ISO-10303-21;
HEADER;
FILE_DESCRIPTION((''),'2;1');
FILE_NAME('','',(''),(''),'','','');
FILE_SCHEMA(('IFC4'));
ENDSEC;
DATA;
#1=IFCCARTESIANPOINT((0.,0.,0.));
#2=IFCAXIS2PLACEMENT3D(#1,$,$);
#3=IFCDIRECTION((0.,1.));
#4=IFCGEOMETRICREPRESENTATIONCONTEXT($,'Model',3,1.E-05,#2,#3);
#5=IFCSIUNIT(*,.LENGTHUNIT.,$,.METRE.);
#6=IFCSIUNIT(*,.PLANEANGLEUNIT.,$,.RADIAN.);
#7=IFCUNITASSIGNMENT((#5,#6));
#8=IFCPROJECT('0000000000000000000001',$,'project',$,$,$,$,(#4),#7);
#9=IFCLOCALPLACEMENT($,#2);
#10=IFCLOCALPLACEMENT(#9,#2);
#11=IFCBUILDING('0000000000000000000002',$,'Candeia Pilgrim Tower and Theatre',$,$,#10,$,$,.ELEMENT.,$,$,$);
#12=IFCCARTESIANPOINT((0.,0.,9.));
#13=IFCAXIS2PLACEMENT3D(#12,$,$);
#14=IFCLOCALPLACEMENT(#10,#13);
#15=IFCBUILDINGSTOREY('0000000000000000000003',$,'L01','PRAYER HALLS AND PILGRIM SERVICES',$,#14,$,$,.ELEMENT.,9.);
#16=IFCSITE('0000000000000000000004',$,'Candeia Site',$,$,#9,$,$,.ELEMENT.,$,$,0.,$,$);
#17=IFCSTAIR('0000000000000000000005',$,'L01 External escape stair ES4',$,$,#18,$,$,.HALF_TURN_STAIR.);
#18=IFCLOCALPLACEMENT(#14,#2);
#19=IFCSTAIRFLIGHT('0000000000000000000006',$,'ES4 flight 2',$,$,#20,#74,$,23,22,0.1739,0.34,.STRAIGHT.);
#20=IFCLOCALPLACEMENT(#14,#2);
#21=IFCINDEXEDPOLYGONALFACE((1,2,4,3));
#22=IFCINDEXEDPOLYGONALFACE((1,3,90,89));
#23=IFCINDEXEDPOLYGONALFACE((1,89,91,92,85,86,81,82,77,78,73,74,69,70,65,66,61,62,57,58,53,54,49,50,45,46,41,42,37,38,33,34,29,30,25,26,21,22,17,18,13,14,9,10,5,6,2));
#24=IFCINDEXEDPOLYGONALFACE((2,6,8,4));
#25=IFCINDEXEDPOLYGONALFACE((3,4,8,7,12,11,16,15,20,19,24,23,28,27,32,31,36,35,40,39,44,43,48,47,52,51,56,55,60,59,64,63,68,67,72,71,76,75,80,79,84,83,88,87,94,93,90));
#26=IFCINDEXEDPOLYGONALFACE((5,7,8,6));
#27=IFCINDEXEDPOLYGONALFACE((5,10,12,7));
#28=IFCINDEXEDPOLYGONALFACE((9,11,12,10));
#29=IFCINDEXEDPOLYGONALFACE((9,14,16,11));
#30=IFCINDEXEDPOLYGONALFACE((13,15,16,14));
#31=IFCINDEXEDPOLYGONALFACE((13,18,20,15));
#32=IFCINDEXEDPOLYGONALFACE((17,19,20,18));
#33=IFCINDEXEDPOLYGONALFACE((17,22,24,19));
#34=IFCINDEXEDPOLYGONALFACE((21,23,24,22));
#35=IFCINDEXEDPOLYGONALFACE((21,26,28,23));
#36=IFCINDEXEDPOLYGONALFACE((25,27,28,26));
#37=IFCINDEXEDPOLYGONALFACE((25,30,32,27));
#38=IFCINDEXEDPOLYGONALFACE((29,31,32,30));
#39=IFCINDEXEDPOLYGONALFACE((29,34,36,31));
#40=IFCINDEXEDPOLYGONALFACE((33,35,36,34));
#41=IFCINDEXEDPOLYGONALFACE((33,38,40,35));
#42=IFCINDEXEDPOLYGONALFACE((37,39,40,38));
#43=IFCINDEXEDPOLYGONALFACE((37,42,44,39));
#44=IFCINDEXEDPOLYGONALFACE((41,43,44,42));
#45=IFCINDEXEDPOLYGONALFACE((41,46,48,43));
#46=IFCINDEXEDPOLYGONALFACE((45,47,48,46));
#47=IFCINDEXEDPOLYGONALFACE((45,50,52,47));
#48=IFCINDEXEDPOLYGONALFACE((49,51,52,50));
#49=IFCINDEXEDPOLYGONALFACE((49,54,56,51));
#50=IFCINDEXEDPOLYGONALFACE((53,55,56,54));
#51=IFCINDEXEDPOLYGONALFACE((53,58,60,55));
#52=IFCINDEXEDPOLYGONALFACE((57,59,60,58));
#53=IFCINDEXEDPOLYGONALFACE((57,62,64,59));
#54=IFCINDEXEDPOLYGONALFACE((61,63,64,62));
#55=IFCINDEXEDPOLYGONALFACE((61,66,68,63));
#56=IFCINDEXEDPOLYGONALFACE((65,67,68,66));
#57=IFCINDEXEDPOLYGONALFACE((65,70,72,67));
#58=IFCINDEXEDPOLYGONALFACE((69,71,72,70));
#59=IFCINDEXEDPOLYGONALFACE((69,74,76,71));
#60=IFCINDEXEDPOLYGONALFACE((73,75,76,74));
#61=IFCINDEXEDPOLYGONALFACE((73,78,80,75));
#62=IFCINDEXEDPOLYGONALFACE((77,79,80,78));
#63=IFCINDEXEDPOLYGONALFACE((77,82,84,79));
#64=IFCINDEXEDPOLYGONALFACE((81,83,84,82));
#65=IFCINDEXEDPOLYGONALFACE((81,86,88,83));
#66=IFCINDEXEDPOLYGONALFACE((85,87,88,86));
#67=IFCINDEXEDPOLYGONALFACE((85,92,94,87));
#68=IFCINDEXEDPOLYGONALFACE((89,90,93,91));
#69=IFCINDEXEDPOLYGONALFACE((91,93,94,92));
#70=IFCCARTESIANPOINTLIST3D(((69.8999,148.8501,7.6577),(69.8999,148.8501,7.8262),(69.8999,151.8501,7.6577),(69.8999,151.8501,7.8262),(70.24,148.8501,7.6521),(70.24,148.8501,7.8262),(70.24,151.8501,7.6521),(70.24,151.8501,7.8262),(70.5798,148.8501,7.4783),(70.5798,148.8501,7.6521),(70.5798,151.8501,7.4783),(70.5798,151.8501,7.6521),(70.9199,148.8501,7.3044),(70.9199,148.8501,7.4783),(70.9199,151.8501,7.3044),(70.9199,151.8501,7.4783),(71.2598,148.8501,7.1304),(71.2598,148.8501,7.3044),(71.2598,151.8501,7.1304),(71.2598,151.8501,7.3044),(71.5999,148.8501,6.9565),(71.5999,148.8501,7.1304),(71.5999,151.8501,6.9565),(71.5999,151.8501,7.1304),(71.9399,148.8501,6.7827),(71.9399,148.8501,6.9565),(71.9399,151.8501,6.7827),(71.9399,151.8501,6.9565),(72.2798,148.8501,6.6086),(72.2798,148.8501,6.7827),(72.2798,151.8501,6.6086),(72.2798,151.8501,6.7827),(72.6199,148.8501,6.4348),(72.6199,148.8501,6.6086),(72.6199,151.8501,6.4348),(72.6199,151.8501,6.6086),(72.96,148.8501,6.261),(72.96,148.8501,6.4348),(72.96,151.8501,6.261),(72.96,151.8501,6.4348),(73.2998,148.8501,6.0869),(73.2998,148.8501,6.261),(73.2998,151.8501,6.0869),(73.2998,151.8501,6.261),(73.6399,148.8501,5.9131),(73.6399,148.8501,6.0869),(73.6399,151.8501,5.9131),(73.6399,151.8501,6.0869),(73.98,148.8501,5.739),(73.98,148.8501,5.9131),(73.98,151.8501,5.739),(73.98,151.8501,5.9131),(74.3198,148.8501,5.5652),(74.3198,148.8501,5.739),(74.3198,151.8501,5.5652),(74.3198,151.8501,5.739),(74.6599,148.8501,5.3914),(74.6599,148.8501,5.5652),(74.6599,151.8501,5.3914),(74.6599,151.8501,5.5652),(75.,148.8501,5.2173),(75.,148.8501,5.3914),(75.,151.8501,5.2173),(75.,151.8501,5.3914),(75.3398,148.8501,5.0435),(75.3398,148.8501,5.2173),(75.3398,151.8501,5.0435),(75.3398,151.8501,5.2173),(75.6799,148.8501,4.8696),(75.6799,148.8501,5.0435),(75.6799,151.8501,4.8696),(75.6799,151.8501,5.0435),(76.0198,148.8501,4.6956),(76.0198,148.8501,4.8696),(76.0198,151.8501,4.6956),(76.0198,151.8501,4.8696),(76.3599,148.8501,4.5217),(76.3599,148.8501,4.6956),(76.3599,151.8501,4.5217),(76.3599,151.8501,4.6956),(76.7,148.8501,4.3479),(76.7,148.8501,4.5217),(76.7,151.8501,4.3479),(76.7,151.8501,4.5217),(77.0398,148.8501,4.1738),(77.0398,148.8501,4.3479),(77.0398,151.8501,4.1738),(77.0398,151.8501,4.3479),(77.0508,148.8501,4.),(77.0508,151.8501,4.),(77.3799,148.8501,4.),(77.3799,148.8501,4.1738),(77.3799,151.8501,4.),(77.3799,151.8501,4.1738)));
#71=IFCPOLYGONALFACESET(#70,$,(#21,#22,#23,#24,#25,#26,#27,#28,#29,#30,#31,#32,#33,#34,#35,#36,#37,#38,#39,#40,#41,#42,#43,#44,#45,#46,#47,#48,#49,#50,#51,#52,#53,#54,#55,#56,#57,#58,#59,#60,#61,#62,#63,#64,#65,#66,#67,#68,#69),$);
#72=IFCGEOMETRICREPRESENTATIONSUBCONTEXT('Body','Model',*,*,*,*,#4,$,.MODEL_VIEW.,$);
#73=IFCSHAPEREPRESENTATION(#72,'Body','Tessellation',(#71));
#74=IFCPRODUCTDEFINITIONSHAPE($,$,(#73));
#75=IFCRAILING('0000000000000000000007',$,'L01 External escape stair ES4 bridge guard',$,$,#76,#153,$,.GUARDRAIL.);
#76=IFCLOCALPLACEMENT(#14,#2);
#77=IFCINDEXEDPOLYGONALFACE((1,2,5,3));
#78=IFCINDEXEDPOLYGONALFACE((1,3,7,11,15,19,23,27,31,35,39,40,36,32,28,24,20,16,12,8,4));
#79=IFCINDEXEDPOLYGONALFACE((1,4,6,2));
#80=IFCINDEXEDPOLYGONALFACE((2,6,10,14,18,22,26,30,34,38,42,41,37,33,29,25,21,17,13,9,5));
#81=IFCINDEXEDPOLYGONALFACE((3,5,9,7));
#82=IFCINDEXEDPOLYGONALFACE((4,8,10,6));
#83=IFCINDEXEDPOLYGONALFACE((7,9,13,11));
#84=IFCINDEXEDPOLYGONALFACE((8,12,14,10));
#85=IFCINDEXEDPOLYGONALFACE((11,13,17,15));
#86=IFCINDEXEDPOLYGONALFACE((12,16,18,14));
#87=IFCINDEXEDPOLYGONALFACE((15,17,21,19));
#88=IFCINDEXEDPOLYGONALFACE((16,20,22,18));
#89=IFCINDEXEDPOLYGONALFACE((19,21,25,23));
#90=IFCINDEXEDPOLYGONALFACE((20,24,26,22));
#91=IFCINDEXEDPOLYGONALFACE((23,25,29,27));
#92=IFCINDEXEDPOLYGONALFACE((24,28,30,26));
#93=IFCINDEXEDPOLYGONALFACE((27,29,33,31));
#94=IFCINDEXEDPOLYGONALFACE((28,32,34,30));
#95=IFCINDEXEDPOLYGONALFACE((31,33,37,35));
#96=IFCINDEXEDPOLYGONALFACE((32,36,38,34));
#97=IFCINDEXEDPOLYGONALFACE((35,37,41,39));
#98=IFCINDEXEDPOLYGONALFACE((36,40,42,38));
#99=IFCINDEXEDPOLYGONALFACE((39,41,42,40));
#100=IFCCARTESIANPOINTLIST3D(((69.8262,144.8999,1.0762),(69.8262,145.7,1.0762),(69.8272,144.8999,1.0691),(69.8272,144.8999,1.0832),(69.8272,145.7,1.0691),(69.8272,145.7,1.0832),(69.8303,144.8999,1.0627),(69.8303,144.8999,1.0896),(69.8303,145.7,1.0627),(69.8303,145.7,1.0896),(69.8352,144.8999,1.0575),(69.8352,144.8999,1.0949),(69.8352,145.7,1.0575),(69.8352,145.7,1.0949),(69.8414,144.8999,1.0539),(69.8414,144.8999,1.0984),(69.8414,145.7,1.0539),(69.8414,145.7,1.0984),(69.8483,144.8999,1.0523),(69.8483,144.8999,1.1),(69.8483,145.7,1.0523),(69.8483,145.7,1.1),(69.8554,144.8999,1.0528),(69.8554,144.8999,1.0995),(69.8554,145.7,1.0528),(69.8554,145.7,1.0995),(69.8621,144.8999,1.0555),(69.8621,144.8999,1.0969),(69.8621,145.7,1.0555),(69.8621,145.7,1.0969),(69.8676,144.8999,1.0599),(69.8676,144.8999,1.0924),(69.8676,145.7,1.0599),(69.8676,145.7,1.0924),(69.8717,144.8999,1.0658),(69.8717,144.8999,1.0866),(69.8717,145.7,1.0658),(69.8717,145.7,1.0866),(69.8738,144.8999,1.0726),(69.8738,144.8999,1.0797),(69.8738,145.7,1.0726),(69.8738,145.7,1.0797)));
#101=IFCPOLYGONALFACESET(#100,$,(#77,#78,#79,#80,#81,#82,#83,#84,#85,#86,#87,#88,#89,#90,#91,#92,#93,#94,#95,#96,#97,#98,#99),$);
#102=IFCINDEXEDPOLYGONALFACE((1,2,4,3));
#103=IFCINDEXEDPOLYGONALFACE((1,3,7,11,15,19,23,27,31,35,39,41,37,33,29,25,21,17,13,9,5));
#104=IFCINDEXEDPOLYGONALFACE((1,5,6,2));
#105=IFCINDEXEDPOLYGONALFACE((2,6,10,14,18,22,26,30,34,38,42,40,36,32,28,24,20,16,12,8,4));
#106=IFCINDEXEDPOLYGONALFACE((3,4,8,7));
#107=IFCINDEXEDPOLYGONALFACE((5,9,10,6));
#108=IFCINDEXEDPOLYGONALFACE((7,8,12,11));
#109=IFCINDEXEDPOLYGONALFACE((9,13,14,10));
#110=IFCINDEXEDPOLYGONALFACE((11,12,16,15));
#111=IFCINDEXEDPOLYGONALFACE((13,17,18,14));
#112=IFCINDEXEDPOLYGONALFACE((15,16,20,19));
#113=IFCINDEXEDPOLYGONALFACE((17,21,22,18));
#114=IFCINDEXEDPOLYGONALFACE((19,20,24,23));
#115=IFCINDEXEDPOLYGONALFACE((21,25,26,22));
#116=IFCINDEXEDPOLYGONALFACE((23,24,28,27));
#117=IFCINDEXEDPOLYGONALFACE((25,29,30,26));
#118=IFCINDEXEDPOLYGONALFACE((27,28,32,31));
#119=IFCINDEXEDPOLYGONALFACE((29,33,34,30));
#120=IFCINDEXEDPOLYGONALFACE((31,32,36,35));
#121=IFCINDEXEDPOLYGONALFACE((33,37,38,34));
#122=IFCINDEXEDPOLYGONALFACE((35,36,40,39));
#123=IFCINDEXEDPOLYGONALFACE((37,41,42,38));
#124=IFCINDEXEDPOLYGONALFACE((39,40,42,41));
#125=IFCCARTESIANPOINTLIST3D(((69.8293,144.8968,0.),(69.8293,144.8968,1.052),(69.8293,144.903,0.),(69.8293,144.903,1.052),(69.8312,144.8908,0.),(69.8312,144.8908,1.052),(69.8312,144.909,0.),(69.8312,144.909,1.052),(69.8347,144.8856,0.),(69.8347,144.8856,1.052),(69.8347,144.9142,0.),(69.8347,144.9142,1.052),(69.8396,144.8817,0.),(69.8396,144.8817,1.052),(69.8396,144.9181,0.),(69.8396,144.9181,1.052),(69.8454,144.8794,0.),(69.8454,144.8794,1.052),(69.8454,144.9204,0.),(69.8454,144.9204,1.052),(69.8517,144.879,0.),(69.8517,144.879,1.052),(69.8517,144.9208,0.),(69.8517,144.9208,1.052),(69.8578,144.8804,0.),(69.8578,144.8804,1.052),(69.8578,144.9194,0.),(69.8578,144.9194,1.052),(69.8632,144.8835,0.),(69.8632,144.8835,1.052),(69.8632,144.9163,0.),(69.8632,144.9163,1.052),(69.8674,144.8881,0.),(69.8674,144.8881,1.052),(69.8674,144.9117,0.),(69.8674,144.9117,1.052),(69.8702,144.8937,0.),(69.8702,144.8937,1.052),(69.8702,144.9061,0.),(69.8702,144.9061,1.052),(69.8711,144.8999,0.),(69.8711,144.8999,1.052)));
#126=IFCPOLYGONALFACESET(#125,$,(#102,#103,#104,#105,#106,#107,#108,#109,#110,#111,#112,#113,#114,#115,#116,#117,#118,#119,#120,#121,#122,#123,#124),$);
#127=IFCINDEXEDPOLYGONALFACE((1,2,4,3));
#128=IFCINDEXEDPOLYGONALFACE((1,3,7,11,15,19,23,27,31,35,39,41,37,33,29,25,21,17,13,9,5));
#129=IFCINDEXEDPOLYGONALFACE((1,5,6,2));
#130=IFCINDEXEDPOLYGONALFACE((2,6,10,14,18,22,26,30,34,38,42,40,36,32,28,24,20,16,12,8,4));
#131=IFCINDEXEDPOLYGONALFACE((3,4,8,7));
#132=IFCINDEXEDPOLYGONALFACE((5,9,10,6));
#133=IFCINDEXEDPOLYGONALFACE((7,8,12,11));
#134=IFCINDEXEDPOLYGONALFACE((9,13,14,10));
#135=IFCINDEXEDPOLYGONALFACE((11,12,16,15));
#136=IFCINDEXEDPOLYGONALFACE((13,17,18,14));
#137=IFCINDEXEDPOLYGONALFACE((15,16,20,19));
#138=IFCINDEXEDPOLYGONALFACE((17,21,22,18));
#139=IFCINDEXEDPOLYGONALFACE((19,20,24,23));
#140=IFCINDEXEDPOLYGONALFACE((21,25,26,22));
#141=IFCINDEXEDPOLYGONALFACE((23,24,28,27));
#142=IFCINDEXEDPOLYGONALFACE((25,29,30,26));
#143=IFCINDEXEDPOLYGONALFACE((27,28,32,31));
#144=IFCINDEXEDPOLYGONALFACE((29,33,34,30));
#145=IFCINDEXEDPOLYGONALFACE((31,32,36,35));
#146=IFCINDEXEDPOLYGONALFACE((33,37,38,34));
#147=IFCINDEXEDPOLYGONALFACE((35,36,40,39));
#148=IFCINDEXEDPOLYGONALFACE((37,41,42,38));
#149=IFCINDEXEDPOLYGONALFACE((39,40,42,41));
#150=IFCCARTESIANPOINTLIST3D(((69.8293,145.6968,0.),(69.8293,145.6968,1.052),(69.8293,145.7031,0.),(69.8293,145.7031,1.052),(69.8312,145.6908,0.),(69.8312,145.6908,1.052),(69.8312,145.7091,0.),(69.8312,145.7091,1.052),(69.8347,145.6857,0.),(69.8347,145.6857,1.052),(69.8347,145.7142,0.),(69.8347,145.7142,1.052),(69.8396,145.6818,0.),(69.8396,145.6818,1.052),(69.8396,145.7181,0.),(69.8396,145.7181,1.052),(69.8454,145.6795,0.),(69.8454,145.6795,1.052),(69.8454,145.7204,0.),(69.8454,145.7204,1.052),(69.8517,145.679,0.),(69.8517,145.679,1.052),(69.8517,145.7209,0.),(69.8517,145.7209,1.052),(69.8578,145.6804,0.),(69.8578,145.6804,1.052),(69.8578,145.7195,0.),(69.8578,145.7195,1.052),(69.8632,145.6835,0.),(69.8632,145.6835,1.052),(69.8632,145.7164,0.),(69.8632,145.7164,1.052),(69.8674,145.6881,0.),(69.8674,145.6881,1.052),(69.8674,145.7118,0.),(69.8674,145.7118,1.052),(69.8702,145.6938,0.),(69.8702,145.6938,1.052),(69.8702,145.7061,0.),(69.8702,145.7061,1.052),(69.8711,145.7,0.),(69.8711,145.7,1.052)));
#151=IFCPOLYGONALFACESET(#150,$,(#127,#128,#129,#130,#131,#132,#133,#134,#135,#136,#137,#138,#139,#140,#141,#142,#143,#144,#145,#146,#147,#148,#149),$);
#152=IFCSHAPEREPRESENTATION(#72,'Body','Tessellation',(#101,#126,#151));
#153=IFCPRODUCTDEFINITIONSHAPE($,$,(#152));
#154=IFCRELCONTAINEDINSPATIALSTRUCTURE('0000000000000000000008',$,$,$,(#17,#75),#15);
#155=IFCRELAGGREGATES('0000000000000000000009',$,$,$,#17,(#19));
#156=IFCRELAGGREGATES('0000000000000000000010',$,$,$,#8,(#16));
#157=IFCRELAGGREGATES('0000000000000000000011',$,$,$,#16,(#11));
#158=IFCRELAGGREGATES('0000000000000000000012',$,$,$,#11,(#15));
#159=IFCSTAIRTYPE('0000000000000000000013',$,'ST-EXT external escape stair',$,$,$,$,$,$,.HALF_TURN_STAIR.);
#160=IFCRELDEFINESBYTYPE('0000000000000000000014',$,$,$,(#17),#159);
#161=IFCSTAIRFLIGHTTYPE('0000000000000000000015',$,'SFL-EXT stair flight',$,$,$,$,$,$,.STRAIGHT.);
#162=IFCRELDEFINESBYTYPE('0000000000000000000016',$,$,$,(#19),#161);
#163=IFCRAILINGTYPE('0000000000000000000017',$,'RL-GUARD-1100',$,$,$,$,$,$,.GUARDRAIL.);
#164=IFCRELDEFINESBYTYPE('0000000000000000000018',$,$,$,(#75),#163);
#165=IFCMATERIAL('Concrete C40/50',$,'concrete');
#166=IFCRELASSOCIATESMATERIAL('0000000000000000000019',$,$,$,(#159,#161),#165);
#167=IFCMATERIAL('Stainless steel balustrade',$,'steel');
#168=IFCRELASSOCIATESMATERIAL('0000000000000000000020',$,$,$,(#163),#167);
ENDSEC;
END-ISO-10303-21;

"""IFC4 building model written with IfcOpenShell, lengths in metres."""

from ifc_helpers import new_model, si_unit, direction, frame, origin, origin_2d, place, context, subcontext, project, spatial, polyline, circle, outline, extrude, material, type_object, element, aggregate, save


model = new_model("IFC4")

# Units and contexts
model_context = context("Model", 3, precision=1e-05, world=origin(), true_north=direction((0.0, 1.0)))
body_context = subcontext(model_context, "Body", "Model", "MODEL_VIEW")
ifc_project = project(units=[si_unit("LENGTHUNIT", "METRE"), si_unit("PLANEANGLEUNIT", "RADIAN")], contexts=[model_context])

# Site, building, storey
site_placement = place(None, origin())
site = spatial("IfcSite", under=ifc_project, at=site_placement, Name="Candeia Site", CompositionType="ELEMENT", RefElevation=0.0)
building_placement = place(site_placement, origin())
building = spatial("IfcBuilding", under=site, at=building_placement, Name="Candeia Pilgrim Tower and Theatre", CompositionType="ELEMENT")
storey_placement = place(building_placement, frame((0.0, 0.0, 9.0)))
storey = spatial("IfcBuildingStorey", under=building, at=storey_placement, Name="L01", Description="PRAYER HALLS AND PILGRIM SERVICES", CompositionType="ELEMENT", Elevation=9.0)

# Shared definitions
ifc_material_1 = material(Name="Concrete C40/50", Category="concrete")

# Stair, stair flight
stair_type = type_object("IfcStairType", Name="ST-EXT external escape stair", PredefinedType="HALF_TURN_STAIR", material=ifc_material_1)
stair_placement = place(storey_placement, origin())
stair = element("IfcStair", 1, at=stair_placement, inside=storey, type_object=stair_type, Name="L01 External escape stair ES4", PredefinedType="HALF_TURN_STAIR")
stair_flight_type = type_object("IfcStairFlightType", Name="SFL-EXT stair flight", PredefinedType="STRAIGHT", material=ifc_material_1)
stair_flight_1_placement = place(storey_placement, frame((77.3799, 150.3501, 4.0), z_axis=(0.0, 0.0, 1.0), x_axis=(-1.0, 0.0, 0.0)))
stair_flight_1 = element("IfcStairFlight", 2, at=stair_flight_1_placement, type_object=stair_flight_type, Name="ES4 flight 2", NumberOfRisers=23, NumberOfTreads=22, PredefinedType="STRAIGHT", RiserHeight=0.1739, TreadLength=0.34, context=body_context, shape_type="SweptSolid", body=[
    extrude(outline(polyline([(0.0, 0.0), (0.0, 0.1738), (0.3401, 0.1738), (0.3401, 0.3479), (0.6799, 0.3479), (0.6799, 0.5217), (1.02, 0.5217), (1.02, 0.6956), (1.3601, 0.6956), (1.3601, 0.8696), (1.7, 0.8696), (1.7, 1.0435), (2.04, 1.0435), (2.04, 1.2173), (2.3799, 1.2173), (2.3799, 1.3914), (2.72, 1.3914), (2.72, 1.5652), (3.0601, 1.5652), (3.0601, 1.739), (3.3999, 1.739), (3.3999, 1.9131), (3.74, 1.9131), (3.74, 2.0869), (4.0801, 2.0869), (4.0801, 2.261), (4.4199, 2.261), (4.4199, 2.4348), (4.76, 2.4348), (4.76, 2.6086), (5.1001, 2.6086), (5.1001, 2.7827), (5.4399, 2.7827), (5.4399, 2.9565), (5.78, 2.9565), (5.78, 3.1304), (6.1201, 3.1304), (6.1201, 3.3044), (6.46, 3.3044), (6.46, 3.4783), (6.8, 3.4783), (6.8, 3.6521), (7.1399, 3.6521), (7.1399, 3.8262), (7.48, 3.8262), (7.48, 4.0), (7.48, 3.6577), (0.3291, 0.0), (0.0, 0.0)])), frame((0.0, 1.5, 0.0), z_axis=(0.0, -1.0, 0.0), x_axis=(1.0, 0.0, 0.0)), (0.0, 0.0, 1.0), 3.0),
])
aggregate(stair, [stair_flight_1])

# Railing
ifc_material_2 = material(Name="Stainless steel balustrade", Category="steel")
railing_type_1 = type_object("IfcRailingType", Name="RL-GUARD-1100", PredefinedType="GUARDRAIL", material=ifc_material_2)
railing_1_placement = place(storey_placement, frame((69.8501, 144.8999, 0.0)))
element("IfcRailing", 3, at=railing_1_placement, inside=storey, type_object=railing_type_1, Name="L01 External escape stair ES4 bridge guard", PredefinedType="GUARDRAIL", context=body_context, shape_type="SweptSolid", body=[
    extrude(circle(Radius=0.0239, at=origin_2d()), frame((0.0, 0.0, 1.0762), z_axis=(0.0, 1.0, 0.0), x_axis=(-1.0, 0.0, 0.0)), (0.0, 0.0, 1.0), 0.8),
    extrude(circle(Radius=0.021, at=origin_2d()), origin(), (0.0, 0.0, 1.0), 1.052),
    extrude(circle(Radius=0.021, at=origin_2d()), frame((0.0, 0.8, 0.0)), (0.0, 0.0, 1.0), 1.052),
])

save(model, "model.ifc")
